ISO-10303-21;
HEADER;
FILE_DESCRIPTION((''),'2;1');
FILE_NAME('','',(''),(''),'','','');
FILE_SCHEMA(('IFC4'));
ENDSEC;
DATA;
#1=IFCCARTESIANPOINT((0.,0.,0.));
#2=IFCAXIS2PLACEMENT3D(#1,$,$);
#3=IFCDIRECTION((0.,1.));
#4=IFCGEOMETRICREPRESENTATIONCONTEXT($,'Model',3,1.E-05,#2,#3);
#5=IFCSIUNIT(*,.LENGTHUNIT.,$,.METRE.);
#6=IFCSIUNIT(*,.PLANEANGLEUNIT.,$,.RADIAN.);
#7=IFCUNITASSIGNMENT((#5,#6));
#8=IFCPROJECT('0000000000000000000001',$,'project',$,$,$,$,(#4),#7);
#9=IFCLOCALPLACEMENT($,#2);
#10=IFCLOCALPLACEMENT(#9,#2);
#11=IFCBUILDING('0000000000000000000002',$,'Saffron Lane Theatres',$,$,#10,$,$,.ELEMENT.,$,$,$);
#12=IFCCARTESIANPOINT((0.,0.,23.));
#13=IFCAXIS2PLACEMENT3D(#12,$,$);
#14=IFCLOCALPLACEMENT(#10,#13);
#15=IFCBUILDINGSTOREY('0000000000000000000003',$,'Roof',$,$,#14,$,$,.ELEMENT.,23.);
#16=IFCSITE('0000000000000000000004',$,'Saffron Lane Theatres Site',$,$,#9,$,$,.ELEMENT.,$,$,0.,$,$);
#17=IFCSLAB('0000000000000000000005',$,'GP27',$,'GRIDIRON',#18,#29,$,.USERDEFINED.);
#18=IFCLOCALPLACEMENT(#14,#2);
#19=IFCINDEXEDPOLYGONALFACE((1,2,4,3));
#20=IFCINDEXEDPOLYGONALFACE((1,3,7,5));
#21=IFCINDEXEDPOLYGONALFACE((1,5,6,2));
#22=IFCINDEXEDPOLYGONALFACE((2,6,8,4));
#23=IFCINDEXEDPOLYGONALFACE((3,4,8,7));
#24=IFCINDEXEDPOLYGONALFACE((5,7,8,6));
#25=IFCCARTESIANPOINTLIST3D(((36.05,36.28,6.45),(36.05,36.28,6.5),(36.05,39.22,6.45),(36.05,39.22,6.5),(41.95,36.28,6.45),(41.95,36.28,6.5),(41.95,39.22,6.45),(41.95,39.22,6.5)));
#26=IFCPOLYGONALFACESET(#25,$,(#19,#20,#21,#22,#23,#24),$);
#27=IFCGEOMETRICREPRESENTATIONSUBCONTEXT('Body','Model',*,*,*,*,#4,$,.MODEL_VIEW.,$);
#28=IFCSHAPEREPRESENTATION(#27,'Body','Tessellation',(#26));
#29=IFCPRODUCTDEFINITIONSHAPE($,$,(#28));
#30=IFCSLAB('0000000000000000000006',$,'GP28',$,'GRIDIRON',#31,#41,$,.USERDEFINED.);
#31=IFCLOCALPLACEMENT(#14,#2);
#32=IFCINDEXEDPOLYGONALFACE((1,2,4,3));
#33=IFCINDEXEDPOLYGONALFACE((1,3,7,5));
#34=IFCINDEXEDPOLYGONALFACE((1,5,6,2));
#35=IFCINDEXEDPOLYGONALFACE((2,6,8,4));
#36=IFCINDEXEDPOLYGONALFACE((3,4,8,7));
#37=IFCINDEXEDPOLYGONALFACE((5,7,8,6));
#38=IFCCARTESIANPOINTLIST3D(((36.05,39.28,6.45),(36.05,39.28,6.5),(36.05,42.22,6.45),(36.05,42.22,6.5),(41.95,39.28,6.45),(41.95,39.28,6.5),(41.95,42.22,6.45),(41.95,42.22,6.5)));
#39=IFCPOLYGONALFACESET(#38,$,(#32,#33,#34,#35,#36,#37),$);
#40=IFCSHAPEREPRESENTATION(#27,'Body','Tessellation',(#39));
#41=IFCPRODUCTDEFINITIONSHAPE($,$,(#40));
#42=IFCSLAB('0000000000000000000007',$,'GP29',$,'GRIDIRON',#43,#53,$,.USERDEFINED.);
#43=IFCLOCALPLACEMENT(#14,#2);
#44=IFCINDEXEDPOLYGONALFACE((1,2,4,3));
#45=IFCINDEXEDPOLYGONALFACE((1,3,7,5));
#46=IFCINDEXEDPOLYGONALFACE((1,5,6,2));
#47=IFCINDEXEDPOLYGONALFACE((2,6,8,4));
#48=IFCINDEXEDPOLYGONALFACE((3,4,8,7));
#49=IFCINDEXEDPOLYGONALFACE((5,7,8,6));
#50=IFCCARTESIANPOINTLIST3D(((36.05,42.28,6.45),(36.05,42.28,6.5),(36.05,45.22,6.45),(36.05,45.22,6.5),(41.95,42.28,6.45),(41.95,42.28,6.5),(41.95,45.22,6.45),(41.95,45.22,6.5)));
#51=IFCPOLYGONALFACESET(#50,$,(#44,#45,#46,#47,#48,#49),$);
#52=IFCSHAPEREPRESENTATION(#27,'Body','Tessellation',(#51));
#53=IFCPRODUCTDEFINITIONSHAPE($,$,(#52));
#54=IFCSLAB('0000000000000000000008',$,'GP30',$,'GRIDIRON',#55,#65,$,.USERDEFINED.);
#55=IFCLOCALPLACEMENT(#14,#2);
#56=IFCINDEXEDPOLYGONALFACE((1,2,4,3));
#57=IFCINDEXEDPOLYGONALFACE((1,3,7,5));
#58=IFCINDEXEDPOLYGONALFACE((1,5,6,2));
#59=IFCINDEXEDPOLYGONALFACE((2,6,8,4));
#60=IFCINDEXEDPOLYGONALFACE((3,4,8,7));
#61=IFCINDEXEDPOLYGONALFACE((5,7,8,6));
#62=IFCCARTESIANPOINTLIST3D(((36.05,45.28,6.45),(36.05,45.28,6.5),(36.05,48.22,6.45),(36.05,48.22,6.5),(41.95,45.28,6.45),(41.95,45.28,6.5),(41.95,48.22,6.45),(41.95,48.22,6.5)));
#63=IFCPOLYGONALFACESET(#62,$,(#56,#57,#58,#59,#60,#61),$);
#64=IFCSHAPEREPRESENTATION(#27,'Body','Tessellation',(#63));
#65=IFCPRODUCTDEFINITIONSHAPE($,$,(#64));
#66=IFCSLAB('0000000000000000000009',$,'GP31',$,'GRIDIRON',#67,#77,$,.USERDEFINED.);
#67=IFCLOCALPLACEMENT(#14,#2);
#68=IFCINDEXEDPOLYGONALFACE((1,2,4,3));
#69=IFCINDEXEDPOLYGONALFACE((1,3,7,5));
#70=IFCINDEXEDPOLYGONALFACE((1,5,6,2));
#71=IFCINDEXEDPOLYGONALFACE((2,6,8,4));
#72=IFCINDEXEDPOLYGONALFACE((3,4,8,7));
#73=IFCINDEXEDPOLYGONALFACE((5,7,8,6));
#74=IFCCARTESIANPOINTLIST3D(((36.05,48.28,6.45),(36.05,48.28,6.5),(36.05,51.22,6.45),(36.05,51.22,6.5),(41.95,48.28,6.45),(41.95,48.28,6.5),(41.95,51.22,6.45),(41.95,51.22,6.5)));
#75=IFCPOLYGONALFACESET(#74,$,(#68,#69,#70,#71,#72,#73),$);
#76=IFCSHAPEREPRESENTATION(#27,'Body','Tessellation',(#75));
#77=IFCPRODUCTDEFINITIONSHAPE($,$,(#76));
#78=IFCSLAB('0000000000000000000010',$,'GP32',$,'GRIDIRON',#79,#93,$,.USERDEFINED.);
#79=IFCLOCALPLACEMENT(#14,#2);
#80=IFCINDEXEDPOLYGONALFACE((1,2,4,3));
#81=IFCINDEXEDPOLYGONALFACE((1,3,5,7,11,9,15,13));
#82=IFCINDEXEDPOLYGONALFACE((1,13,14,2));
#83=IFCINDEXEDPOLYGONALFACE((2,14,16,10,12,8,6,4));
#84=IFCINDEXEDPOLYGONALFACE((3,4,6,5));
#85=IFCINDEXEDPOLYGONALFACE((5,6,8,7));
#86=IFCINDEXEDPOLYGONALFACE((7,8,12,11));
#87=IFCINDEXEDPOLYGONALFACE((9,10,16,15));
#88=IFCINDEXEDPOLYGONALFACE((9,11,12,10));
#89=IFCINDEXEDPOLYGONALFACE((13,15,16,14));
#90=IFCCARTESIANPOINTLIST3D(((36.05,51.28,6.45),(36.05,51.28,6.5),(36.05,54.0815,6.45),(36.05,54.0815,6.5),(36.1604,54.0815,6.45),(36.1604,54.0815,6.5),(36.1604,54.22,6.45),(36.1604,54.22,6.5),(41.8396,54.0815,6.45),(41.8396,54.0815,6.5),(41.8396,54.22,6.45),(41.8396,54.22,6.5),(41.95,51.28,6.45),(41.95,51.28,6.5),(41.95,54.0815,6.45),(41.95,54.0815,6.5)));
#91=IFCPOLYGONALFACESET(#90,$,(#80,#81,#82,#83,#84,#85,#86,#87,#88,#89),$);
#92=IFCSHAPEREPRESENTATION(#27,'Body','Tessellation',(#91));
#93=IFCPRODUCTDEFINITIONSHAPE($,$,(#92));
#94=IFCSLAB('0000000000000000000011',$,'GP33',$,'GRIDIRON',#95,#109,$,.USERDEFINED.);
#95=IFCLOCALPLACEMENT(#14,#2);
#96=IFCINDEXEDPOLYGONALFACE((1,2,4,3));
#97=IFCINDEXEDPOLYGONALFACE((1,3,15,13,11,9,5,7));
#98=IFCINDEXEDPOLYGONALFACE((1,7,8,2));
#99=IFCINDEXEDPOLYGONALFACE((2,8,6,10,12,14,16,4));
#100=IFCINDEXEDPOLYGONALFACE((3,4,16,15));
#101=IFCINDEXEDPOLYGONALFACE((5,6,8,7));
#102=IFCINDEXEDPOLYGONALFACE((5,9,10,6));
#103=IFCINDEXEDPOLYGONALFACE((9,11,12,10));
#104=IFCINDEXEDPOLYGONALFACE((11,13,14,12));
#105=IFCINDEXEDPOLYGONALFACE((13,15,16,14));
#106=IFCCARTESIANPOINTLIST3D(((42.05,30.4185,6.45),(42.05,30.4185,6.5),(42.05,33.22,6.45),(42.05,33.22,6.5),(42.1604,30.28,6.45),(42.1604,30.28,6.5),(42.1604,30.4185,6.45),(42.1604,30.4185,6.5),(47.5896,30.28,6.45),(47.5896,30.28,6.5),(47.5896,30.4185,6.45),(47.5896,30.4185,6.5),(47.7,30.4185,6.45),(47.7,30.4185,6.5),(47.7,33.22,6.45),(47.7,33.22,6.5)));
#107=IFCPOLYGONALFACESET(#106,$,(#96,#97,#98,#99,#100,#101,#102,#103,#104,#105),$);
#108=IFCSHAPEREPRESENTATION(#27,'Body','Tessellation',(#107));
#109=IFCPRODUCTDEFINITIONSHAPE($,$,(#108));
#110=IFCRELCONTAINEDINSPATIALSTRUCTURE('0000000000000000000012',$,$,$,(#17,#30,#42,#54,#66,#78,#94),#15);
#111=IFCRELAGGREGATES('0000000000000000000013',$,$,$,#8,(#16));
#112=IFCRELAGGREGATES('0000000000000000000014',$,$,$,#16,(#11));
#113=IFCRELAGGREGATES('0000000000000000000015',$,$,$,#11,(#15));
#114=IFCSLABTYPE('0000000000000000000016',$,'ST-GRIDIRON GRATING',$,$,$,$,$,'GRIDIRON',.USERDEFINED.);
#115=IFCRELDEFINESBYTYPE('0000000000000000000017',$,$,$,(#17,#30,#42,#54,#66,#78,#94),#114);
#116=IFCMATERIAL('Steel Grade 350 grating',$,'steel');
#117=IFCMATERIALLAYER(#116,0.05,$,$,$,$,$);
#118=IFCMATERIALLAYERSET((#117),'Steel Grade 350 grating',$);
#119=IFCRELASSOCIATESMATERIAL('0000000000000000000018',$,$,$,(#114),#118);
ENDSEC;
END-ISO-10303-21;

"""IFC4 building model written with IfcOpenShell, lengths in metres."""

from ifc_helpers import new_model, si_unit, direction, frame, origin, place, context, subcontext, project, spatial, polyline, outline, extrude, material, layer, layer_set, type_object, element, save


model = new_model("IFC4")

# Units and contexts
model_context = context("Model", 3, precision=1e-05, world=origin(), true_north=direction((0.0, 1.0)))
body_context = subcontext(model_context, "Body", "Model", "MODEL_VIEW")
ifc_project = project(units=[si_unit("LENGTHUNIT", "METRE"), si_unit("PLANEANGLEUNIT", "RADIAN")], contexts=[model_context])

# Site, building, storey
site_placement = place(None, origin())
site = spatial("IfcSite", under=ifc_project, at=site_placement, Name="Saffron Lane Theatres Site", CompositionType="ELEMENT", RefElevation=0.0)
building_placement = place(site_placement, origin())
building = spatial("IfcBuilding", under=site, at=building_placement, Name="Saffron Lane Theatres", CompositionType="ELEMENT")
storey_placement = place(building_placement, frame((0.0, 0.0, 23.0)))
storey = spatial("IfcBuildingStorey", under=building, at=storey_placement, Name="Roof", CompositionType="ELEMENT", Elevation=23.0)

# Slabs
ifc_material = material(Name="Steel Grade 350 grating", Category="steel")
ifc_layer = layer(ifc_material, 0.05)
ifc_layer_set = layer_set([ifc_layer], Name="Steel Grade 350 grating")
slab_type = type_object("IfcSlabType", Name="ST-GRIDIRON GRATING", ElementType="GRIDIRON", PredefinedType="USERDEFINED", material=ifc_layer_set)
slab_1_placement = place(storey_placement, frame((0.0, 0.0, 6.45)))
element("IfcSlab", 1, at=slab_1_placement, inside=storey, type_object=slab_type, Name="GP27", ObjectType="GRIDIRON", PredefinedType="USERDEFINED", context=body_context, shape_type="SweptSolid", body=[
    extrude(outline(polyline([(41.95, 36.28), (36.05, 36.28), (36.05, 39.22), (41.95, 39.22), (41.95, 36.28)])), origin(), (0.0, 0.0, 1.0), 0.05),
])
slab_2_placement = place(storey_placement, frame((0.0, 0.0, 6.45)))
element("IfcSlab", 2, at=slab_2_placement, inside=storey, type_object=slab_type, Name="GP28", ObjectType="GRIDIRON", PredefinedType="USERDEFINED", context=body_context, shape_type="SweptSolid", body=[
    extrude(outline(polyline([(41.95, 39.28), (36.05, 39.28), (36.05, 42.22), (41.95, 42.22), (41.95, 39.28)])), origin(), (0.0, 0.0, 1.0), 0.05),
])
slab_3_placement = place(storey_placement, frame((0.0, 0.0, 6.45)))
element("IfcSlab", 3, at=slab_3_placement, inside=storey, type_object=slab_type, Name="GP29", ObjectType="GRIDIRON", PredefinedType="USERDEFINED", context=body_context, shape_type="SweptSolid", body=[
    extrude(outline(polyline([(41.95, 42.28), (36.05, 42.28), (36.05, 45.22), (41.95, 45.22), (41.95, 42.28)])), origin(), (0.0, 0.0, 1.0), 0.05),
])
slab_4_placement = place(storey_placement, frame((0.0, 0.0, 6.45)))
element("IfcSlab", 4, at=slab_4_placement, inside=storey, type_object=slab_type, Name="GP30", ObjectType="GRIDIRON", PredefinedType="USERDEFINED", context=body_context, shape_type="SweptSolid", body=[
    extrude(outline(polyline([(41.95, 45.28), (36.05, 45.28), (36.05, 48.22), (41.95, 48.22), (41.95, 45.28)])), origin(), (0.0, 0.0, 1.0), 0.05),
])
slab_5_placement = place(storey_placement, frame((0.0, 0.0, 6.45)))
element("IfcSlab", 5, at=slab_5_placement, inside=storey, type_object=slab_type, Name="GP31", ObjectType="GRIDIRON", PredefinedType="USERDEFINED", context=body_context, shape_type="SweptSolid", body=[
    extrude(outline(polyline([(41.95, 48.28), (36.05, 48.28), (36.05, 51.22), (41.95, 51.22), (41.95, 48.28)])), origin(), (0.0, 0.0, 1.0), 0.05),
])
slab_6_placement = place(storey_placement, frame((0.0, 0.0, 6.45)))
element("IfcSlab", 6, at=slab_6_placement, inside=storey, type_object=slab_type, Name="GP32", ObjectType="GRIDIRON", PredefinedType="USERDEFINED", context=body_context, shape_type="SweptSolid", body=[
    extrude(outline(polyline([(41.95, 51.28), (36.05, 51.28), (36.05, 54.0815), (36.1604, 54.0815), (36.1604, 54.22), (41.8396, 54.22), (41.8396, 54.0815), (41.95, 54.0815), (41.95, 51.28)])), origin(), (0.0, 0.0, 1.0), 0.05),
])
slab_7_placement = place(storey_placement, frame((0.0, 0.0, 6.45)))
element("IfcSlab", 7, at=slab_7_placement, inside=storey, type_object=slab_type, Name="GP33", ObjectType="GRIDIRON", PredefinedType="USERDEFINED", context=body_context, shape_type="SweptSolid", body=[
    extrude(outline(polyline([(47.5896, 30.28), (42.1604, 30.28), (42.1604, 30.4185), (42.05, 30.4185), (42.05, 33.22), (47.7, 33.22), (47.7, 30.4185), (47.5896, 30.4185), (47.5896, 30.28)])), origin(), (0.0, 0.0, 1.0), 0.05),
])

save(model, "model.ifc")
